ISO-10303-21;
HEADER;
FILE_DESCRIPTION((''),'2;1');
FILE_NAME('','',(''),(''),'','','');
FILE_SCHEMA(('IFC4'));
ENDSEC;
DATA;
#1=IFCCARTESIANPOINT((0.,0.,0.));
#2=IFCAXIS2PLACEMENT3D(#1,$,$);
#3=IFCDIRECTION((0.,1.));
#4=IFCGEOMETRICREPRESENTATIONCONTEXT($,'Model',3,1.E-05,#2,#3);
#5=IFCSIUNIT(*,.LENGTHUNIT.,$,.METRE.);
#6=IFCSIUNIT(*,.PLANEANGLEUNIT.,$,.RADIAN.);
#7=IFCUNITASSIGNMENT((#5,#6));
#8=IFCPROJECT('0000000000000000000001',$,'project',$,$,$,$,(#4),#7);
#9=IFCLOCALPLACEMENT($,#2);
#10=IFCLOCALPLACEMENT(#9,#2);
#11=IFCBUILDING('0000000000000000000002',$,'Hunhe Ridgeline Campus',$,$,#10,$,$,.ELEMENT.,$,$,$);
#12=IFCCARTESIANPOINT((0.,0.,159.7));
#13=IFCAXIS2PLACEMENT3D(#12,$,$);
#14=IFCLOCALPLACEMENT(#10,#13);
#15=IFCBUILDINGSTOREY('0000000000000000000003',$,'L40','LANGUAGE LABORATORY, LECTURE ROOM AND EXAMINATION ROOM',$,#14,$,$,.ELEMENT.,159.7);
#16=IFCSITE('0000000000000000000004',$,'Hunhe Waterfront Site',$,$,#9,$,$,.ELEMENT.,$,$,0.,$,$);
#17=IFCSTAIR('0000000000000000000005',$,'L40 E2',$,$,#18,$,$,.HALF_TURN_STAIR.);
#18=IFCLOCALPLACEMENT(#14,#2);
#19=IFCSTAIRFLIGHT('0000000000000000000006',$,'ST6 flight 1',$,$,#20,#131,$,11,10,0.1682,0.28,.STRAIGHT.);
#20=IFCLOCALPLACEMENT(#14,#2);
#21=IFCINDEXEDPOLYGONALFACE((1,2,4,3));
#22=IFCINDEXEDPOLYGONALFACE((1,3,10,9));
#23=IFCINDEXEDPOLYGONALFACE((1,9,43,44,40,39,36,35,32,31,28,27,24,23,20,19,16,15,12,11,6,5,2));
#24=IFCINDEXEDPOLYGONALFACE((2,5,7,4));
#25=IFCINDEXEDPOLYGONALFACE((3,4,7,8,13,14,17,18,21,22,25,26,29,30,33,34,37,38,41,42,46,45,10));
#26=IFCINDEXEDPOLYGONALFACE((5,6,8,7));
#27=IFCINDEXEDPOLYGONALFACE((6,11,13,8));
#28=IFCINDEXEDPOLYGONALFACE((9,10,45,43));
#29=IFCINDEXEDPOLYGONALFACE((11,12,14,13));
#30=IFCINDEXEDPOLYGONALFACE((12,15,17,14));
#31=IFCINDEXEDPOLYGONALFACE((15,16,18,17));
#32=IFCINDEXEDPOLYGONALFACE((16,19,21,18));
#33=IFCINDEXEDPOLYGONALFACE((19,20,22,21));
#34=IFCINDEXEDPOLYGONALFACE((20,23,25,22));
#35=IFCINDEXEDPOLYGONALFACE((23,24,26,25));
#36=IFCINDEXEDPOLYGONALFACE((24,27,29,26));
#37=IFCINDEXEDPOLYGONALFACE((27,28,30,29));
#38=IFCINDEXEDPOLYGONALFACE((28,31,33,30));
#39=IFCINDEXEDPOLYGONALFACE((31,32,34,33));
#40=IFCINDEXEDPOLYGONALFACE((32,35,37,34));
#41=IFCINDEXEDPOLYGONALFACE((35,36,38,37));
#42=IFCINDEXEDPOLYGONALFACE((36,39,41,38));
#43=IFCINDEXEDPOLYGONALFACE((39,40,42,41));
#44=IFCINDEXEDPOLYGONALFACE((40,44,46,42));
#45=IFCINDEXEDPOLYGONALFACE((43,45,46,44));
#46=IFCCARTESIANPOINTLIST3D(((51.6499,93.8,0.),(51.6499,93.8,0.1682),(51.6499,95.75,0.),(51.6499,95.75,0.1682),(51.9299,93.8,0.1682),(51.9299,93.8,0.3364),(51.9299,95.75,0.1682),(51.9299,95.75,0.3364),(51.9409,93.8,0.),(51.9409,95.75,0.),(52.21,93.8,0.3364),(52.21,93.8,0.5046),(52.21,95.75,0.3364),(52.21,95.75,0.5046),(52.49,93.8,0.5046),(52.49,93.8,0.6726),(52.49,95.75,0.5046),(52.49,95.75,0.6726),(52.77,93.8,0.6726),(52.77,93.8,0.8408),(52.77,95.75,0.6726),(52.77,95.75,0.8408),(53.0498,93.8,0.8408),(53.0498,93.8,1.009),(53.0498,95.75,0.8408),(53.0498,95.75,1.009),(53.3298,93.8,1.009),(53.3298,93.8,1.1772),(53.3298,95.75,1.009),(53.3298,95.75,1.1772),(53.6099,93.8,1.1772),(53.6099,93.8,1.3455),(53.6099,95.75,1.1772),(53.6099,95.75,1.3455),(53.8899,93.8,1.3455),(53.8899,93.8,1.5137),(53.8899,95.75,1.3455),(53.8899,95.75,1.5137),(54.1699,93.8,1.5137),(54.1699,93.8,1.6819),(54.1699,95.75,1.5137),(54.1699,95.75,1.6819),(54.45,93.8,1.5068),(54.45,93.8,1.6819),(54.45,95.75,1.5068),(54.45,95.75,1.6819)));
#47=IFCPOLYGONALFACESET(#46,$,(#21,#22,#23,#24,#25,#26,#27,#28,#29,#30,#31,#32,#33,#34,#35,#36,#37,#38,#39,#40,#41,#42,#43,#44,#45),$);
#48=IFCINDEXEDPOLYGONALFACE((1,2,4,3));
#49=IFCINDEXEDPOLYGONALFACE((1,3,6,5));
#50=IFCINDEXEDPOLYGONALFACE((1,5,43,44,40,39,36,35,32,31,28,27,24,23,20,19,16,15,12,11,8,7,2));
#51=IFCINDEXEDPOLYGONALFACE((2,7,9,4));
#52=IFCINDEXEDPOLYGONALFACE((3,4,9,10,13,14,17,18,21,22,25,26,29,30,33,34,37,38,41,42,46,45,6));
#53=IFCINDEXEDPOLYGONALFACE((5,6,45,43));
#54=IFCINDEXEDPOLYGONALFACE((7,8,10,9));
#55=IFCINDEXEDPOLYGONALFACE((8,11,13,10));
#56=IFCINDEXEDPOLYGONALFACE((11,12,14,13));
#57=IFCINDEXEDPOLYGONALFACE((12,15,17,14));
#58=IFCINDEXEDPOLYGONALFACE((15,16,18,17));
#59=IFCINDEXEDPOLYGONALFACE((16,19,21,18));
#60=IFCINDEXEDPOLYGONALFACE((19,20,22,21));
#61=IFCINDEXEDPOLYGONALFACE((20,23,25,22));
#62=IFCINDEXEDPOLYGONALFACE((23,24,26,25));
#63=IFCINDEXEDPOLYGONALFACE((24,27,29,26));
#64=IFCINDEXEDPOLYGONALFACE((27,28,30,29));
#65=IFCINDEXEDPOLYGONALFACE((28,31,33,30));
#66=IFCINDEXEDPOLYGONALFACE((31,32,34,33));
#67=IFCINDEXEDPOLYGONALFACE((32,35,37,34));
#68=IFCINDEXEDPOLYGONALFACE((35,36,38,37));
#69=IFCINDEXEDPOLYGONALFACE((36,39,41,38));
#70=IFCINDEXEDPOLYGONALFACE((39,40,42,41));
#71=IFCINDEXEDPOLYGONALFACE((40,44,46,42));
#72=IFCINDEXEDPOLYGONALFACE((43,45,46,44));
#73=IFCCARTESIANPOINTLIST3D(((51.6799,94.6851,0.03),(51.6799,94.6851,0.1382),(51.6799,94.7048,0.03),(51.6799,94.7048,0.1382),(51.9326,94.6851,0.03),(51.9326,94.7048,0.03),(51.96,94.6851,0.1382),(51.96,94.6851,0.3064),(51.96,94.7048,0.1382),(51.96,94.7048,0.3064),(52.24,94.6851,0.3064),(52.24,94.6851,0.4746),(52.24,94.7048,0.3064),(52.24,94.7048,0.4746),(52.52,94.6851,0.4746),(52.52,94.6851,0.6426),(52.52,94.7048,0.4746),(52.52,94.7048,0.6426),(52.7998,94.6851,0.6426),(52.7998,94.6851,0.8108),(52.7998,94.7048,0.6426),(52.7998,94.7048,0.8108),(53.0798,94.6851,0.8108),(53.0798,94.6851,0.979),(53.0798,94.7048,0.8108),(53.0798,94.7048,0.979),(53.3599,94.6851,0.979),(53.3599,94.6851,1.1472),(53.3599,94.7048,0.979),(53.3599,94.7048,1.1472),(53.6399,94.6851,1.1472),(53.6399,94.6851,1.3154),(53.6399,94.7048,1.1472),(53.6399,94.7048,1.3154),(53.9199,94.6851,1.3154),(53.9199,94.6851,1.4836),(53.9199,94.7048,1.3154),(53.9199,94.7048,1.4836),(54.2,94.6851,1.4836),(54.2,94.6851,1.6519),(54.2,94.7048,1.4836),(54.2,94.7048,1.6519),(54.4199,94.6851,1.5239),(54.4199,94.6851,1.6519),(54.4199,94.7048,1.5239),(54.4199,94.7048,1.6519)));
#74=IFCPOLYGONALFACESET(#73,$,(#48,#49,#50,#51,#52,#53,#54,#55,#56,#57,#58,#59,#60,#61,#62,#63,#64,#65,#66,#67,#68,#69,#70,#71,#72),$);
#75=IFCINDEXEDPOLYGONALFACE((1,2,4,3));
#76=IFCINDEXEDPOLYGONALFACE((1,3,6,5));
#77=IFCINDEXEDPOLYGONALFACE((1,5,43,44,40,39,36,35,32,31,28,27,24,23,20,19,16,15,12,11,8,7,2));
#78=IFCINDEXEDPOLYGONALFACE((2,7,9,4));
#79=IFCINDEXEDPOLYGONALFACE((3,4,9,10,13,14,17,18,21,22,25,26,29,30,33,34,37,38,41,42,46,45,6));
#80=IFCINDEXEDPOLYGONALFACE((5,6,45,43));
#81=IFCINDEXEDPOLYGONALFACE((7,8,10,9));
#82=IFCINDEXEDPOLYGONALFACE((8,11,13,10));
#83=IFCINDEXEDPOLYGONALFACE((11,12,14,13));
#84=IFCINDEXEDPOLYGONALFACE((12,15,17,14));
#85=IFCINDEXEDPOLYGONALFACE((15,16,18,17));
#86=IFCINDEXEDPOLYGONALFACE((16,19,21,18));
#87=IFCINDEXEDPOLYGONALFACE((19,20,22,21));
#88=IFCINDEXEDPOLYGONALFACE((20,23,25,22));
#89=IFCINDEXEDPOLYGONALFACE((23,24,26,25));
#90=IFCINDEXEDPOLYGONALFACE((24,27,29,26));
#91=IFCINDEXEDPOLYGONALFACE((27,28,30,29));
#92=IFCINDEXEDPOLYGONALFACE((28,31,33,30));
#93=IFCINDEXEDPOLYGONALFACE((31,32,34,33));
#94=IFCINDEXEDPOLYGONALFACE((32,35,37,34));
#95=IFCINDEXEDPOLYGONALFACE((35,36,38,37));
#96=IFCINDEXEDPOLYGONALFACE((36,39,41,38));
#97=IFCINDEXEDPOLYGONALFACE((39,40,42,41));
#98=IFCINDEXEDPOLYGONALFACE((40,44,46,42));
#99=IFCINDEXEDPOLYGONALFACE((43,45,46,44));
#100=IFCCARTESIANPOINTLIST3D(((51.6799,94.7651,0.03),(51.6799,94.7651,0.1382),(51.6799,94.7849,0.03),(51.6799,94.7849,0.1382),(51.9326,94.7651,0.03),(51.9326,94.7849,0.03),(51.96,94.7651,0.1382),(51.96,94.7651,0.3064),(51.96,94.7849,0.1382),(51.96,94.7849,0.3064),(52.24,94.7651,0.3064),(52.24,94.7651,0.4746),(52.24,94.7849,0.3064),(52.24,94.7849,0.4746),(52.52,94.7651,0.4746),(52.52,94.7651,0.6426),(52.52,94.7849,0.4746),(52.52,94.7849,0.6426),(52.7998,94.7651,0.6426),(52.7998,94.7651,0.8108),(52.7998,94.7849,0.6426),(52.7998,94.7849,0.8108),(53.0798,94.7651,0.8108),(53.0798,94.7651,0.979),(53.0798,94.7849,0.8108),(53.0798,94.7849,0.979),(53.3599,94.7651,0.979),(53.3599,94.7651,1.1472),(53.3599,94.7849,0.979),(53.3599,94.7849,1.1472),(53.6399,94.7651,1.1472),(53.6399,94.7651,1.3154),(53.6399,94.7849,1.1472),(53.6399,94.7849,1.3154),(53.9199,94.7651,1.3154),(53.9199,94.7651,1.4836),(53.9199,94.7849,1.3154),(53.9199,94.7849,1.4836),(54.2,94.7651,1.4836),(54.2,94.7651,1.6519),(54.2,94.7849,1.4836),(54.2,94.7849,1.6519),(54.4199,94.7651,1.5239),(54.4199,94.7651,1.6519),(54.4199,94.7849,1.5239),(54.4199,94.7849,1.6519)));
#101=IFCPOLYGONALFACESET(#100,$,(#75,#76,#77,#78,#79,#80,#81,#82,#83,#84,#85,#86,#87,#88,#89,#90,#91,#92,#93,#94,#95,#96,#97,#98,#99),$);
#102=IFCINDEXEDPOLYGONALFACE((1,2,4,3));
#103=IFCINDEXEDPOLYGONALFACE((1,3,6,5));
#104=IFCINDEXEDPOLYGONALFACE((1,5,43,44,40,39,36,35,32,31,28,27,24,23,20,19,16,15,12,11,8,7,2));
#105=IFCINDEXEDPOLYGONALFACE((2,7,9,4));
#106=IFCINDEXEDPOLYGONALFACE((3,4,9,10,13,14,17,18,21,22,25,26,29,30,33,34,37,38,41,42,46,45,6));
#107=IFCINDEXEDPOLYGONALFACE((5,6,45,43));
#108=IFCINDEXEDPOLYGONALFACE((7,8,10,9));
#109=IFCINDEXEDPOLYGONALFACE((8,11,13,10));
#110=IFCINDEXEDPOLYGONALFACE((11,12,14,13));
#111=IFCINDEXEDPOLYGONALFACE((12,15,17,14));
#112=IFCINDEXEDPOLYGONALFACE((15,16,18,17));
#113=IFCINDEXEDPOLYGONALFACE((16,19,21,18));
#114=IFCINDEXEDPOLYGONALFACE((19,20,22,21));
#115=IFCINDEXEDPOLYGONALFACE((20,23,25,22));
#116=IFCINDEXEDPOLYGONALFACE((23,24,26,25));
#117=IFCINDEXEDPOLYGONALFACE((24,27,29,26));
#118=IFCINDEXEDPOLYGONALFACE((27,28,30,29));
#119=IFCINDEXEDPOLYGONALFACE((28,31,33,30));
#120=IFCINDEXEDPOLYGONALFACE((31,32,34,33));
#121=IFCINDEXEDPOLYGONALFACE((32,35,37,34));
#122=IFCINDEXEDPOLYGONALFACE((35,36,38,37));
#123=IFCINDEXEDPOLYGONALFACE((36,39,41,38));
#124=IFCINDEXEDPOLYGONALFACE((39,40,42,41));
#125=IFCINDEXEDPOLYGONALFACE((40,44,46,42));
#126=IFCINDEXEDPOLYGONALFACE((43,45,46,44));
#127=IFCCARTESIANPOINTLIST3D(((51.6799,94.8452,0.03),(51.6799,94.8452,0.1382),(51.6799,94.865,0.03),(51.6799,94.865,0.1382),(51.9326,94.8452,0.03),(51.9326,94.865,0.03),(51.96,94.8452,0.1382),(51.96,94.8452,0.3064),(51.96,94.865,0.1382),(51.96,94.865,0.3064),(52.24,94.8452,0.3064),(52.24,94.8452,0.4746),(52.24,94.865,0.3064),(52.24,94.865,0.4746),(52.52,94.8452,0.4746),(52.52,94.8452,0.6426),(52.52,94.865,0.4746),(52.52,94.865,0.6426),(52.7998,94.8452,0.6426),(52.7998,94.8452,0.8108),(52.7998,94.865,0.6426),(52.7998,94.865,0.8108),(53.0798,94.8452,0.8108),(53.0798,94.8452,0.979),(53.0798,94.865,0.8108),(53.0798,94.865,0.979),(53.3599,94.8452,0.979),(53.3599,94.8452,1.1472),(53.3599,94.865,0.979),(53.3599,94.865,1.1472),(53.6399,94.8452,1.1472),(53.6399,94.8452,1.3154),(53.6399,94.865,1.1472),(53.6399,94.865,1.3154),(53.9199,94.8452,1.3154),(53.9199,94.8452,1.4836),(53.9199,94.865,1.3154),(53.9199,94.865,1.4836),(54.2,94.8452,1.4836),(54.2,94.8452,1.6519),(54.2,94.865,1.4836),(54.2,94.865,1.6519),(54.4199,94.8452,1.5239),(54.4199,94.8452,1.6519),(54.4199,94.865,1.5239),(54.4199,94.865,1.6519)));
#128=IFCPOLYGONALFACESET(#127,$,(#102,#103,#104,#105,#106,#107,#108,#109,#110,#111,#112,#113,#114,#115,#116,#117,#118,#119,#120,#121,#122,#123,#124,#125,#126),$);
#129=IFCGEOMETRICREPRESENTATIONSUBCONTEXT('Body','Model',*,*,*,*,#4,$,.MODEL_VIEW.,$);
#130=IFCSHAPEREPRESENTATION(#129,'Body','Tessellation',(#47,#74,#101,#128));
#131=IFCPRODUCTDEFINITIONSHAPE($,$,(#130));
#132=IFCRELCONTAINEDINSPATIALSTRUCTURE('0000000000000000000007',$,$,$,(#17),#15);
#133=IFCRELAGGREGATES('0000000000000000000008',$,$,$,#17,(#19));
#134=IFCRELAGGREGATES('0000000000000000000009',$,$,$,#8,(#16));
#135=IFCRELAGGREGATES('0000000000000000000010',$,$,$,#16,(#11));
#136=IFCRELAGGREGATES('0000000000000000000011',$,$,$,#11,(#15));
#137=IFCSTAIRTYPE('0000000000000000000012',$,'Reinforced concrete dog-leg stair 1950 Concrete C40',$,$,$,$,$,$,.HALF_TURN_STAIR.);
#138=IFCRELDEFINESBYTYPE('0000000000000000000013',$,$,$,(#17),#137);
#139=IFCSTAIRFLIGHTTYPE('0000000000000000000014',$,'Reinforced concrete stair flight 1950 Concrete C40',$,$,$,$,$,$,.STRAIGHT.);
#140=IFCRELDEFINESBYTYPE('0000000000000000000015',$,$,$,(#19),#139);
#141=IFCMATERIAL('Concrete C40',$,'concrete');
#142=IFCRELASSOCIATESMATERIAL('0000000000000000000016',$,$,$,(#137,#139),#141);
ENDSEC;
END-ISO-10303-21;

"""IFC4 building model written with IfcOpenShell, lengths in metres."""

from ifc_helpers import new_model, si_unit, direction, frame, origin, place, context, subcontext, project, spatial, polyline, outline, extrude, material, type_object, element, aggregate, save


model = new_model("IFC4")

# Units and contexts
model_context = context("Model", 3, precision=1e-05, world=origin(), true_north=direction((0.0, 1.0)))
body_context = subcontext(model_context, "Body", "Model", "MODEL_VIEW")
ifc_project = project(units=[si_unit("LENGTHUNIT", "METRE"), si_unit("PLANEANGLEUNIT", "RADIAN")], contexts=[model_context])

# Site, building, storey
site_placement = place(None, origin())
site = spatial("IfcSite", under=ifc_project, at=site_placement, Name="Hunhe Waterfront Site", CompositionType="ELEMENT", RefElevation=0.0)
building_placement = place(site_placement, origin())
building = spatial("IfcBuilding", under=site, at=building_placement, Name="Hunhe Ridgeline Campus", CompositionType="ELEMENT")
storey_placement = place(building_placement, frame((0.0, 0.0, 159.7)))
storey = spatial("IfcBuildingStorey", under=building, at=storey_placement, Name="L40", Description="LANGUAGE LABORATORY, LECTURE ROOM AND EXAMINATION ROOM", CompositionType="ELEMENT", Elevation=159.7)

# Shared definitions
ifc_material_1 = material(Name="Concrete C40", Category="concrete")
stair_type = type_object("IfcStairType", Name="Reinforced concrete dog-leg stair 1950 Concrete C40", PredefinedType="HALF_TURN_STAIR", material=ifc_material_1)
stair_flight_type = type_object("IfcStairFlightType", Name="Reinforced concrete stair flight 1950 Concrete C40", PredefinedType="STRAIGHT", material=ifc_material_1)

# Stair, stair flight
stair_1_placement = place(storey_placement, origin())
stair_1 = element("IfcStair", 1, at=stair_1_placement, inside=storey, type_object=stair_type, Name="L40 E2", PredefinedType="HALF_TURN_STAIR")
stair_flight_1_placement = place(storey_placement, frame((51.6499, 94.7749, 0.0), z_axis=(0.0, 0.0, 1.0), x_axis=(1.0, 0.0, 0.0)))
stair_flight_1 = element("IfcStairFlight", 2, at=stair_flight_1_placement, type_object=stair_flight_type, Name="ST6 flight 1", NumberOfRisers=11, NumberOfTreads=10, PredefinedType="STRAIGHT", RiserHeight=0.1682, TreadLength=0.28, context=body_context, shape_type="SweptSolid", body=[
    extrude(outline(polyline([(0.0, 0.0), (0.0, 0.1682), (0.28, 0.1682), (0.28, 0.3364), (0.5601, 0.3364), (0.5601, 0.5046), (0.8401, 0.5046), (0.8401, 0.6726), (1.1201, 0.6726), (1.1201, 0.8408), (1.3999, 0.8408), (1.3999, 1.009), (1.6799, 1.009), (1.6799, 1.1772), (1.96, 1.1772), (1.96, 1.3455), (2.24, 1.3455), (2.24, 1.5137), (2.52, 1.5137), (2.52, 1.6819), (2.8, 1.6819), (2.8, 1.8501), (2.8, 1.5068), (0.291, 0.0), (0.0, 0.0)])), frame((0.0, 0.9751, 0.0), z_axis=(0.0, -1.0, 0.0), x_axis=(1.0, 0.0, 0.0)), (0.0, 0.0, 1.0), 1.95),
    extrude(outline(polyline([(0.03, 0.03), (0.03, 0.1382), (0.3101, 0.1382), (0.3101, 0.3064), (0.5901, 0.3064), (0.5901, 0.4746), (0.8701, 0.4746), (0.8701, 0.6426), (1.1499, 0.6426), (1.1499, 0.8108), (1.4299, 0.8108), (1.4299, 0.979), (1.71, 0.979), (1.71, 1.1472), (1.99, 1.1472), (1.99, 1.3154), (2.27, 1.3154), (2.27, 1.4836), (2.55, 1.4836), (2.55, 1.6519), (2.77, 1.6519), (2.77, 1.5239), (0.2827, 0.03), (0.03, 0.03)])), frame((0.0, -0.0701, 0.0), z_axis=(0.0, -1.0, 0.0), x_axis=(1.0, 0.0, 0.0)), (0.0, 0.0, 1.0), 0.0198),
    extrude(outline(polyline([(0.03, 0.03), (0.03, 0.1382), (0.3101, 0.1382), (0.3101, 0.3064), (0.5901, 0.3064), (0.5901, 0.4746), (0.8701, 0.4746), (0.8701, 0.6426), (1.1499, 0.6426), (1.1499, 0.8108), (1.4299, 0.8108), (1.4299, 0.979), (1.71, 0.979), (1.71, 1.1472), (1.99, 1.1472), (1.99, 1.3154), (2.27, 1.3154), (2.27, 1.4836), (2.55, 1.4836), (2.55, 1.6519), (2.77, 1.6519), (2.77, 1.5239), (0.2827, 0.03), (0.03, 0.03)])), frame((0.0, 0.01, 0.0), z_axis=(0.0, -1.0, 0.0), x_axis=(1.0, 0.0, 0.0)), (0.0, 0.0, 1.0), 0.0198),
    extrude(outline(polyline([(0.03, 0.03), (0.03, 0.1382), (0.3101, 0.1382), (0.3101, 0.3064), (0.5901, 0.3064), (0.5901, 0.4746), (0.8701, 0.4746), (0.8701, 0.6426), (1.1499, 0.6426), (1.1499, 0.8108), (1.4299, 0.8108), (1.4299, 0.979), (1.71, 0.979), (1.71, 1.1472), (1.99, 1.1472), (1.99, 1.3154), (2.27, 1.3154), (2.27, 1.4836), (2.55, 1.4836), (2.55, 1.6519), (2.77, 1.6519), (2.77, 1.5239), (0.2827, 0.03), (0.03, 0.03)])), frame((0.0, 0.0901, 0.0), z_axis=(0.0, -1.0, 0.0), x_axis=(1.0, 0.0, 0.0)), (0.0, 0.0, 1.0), 0.0198),
])
aggregate(stair_1, [stair_flight_1])

save(model, "model.ifc")
